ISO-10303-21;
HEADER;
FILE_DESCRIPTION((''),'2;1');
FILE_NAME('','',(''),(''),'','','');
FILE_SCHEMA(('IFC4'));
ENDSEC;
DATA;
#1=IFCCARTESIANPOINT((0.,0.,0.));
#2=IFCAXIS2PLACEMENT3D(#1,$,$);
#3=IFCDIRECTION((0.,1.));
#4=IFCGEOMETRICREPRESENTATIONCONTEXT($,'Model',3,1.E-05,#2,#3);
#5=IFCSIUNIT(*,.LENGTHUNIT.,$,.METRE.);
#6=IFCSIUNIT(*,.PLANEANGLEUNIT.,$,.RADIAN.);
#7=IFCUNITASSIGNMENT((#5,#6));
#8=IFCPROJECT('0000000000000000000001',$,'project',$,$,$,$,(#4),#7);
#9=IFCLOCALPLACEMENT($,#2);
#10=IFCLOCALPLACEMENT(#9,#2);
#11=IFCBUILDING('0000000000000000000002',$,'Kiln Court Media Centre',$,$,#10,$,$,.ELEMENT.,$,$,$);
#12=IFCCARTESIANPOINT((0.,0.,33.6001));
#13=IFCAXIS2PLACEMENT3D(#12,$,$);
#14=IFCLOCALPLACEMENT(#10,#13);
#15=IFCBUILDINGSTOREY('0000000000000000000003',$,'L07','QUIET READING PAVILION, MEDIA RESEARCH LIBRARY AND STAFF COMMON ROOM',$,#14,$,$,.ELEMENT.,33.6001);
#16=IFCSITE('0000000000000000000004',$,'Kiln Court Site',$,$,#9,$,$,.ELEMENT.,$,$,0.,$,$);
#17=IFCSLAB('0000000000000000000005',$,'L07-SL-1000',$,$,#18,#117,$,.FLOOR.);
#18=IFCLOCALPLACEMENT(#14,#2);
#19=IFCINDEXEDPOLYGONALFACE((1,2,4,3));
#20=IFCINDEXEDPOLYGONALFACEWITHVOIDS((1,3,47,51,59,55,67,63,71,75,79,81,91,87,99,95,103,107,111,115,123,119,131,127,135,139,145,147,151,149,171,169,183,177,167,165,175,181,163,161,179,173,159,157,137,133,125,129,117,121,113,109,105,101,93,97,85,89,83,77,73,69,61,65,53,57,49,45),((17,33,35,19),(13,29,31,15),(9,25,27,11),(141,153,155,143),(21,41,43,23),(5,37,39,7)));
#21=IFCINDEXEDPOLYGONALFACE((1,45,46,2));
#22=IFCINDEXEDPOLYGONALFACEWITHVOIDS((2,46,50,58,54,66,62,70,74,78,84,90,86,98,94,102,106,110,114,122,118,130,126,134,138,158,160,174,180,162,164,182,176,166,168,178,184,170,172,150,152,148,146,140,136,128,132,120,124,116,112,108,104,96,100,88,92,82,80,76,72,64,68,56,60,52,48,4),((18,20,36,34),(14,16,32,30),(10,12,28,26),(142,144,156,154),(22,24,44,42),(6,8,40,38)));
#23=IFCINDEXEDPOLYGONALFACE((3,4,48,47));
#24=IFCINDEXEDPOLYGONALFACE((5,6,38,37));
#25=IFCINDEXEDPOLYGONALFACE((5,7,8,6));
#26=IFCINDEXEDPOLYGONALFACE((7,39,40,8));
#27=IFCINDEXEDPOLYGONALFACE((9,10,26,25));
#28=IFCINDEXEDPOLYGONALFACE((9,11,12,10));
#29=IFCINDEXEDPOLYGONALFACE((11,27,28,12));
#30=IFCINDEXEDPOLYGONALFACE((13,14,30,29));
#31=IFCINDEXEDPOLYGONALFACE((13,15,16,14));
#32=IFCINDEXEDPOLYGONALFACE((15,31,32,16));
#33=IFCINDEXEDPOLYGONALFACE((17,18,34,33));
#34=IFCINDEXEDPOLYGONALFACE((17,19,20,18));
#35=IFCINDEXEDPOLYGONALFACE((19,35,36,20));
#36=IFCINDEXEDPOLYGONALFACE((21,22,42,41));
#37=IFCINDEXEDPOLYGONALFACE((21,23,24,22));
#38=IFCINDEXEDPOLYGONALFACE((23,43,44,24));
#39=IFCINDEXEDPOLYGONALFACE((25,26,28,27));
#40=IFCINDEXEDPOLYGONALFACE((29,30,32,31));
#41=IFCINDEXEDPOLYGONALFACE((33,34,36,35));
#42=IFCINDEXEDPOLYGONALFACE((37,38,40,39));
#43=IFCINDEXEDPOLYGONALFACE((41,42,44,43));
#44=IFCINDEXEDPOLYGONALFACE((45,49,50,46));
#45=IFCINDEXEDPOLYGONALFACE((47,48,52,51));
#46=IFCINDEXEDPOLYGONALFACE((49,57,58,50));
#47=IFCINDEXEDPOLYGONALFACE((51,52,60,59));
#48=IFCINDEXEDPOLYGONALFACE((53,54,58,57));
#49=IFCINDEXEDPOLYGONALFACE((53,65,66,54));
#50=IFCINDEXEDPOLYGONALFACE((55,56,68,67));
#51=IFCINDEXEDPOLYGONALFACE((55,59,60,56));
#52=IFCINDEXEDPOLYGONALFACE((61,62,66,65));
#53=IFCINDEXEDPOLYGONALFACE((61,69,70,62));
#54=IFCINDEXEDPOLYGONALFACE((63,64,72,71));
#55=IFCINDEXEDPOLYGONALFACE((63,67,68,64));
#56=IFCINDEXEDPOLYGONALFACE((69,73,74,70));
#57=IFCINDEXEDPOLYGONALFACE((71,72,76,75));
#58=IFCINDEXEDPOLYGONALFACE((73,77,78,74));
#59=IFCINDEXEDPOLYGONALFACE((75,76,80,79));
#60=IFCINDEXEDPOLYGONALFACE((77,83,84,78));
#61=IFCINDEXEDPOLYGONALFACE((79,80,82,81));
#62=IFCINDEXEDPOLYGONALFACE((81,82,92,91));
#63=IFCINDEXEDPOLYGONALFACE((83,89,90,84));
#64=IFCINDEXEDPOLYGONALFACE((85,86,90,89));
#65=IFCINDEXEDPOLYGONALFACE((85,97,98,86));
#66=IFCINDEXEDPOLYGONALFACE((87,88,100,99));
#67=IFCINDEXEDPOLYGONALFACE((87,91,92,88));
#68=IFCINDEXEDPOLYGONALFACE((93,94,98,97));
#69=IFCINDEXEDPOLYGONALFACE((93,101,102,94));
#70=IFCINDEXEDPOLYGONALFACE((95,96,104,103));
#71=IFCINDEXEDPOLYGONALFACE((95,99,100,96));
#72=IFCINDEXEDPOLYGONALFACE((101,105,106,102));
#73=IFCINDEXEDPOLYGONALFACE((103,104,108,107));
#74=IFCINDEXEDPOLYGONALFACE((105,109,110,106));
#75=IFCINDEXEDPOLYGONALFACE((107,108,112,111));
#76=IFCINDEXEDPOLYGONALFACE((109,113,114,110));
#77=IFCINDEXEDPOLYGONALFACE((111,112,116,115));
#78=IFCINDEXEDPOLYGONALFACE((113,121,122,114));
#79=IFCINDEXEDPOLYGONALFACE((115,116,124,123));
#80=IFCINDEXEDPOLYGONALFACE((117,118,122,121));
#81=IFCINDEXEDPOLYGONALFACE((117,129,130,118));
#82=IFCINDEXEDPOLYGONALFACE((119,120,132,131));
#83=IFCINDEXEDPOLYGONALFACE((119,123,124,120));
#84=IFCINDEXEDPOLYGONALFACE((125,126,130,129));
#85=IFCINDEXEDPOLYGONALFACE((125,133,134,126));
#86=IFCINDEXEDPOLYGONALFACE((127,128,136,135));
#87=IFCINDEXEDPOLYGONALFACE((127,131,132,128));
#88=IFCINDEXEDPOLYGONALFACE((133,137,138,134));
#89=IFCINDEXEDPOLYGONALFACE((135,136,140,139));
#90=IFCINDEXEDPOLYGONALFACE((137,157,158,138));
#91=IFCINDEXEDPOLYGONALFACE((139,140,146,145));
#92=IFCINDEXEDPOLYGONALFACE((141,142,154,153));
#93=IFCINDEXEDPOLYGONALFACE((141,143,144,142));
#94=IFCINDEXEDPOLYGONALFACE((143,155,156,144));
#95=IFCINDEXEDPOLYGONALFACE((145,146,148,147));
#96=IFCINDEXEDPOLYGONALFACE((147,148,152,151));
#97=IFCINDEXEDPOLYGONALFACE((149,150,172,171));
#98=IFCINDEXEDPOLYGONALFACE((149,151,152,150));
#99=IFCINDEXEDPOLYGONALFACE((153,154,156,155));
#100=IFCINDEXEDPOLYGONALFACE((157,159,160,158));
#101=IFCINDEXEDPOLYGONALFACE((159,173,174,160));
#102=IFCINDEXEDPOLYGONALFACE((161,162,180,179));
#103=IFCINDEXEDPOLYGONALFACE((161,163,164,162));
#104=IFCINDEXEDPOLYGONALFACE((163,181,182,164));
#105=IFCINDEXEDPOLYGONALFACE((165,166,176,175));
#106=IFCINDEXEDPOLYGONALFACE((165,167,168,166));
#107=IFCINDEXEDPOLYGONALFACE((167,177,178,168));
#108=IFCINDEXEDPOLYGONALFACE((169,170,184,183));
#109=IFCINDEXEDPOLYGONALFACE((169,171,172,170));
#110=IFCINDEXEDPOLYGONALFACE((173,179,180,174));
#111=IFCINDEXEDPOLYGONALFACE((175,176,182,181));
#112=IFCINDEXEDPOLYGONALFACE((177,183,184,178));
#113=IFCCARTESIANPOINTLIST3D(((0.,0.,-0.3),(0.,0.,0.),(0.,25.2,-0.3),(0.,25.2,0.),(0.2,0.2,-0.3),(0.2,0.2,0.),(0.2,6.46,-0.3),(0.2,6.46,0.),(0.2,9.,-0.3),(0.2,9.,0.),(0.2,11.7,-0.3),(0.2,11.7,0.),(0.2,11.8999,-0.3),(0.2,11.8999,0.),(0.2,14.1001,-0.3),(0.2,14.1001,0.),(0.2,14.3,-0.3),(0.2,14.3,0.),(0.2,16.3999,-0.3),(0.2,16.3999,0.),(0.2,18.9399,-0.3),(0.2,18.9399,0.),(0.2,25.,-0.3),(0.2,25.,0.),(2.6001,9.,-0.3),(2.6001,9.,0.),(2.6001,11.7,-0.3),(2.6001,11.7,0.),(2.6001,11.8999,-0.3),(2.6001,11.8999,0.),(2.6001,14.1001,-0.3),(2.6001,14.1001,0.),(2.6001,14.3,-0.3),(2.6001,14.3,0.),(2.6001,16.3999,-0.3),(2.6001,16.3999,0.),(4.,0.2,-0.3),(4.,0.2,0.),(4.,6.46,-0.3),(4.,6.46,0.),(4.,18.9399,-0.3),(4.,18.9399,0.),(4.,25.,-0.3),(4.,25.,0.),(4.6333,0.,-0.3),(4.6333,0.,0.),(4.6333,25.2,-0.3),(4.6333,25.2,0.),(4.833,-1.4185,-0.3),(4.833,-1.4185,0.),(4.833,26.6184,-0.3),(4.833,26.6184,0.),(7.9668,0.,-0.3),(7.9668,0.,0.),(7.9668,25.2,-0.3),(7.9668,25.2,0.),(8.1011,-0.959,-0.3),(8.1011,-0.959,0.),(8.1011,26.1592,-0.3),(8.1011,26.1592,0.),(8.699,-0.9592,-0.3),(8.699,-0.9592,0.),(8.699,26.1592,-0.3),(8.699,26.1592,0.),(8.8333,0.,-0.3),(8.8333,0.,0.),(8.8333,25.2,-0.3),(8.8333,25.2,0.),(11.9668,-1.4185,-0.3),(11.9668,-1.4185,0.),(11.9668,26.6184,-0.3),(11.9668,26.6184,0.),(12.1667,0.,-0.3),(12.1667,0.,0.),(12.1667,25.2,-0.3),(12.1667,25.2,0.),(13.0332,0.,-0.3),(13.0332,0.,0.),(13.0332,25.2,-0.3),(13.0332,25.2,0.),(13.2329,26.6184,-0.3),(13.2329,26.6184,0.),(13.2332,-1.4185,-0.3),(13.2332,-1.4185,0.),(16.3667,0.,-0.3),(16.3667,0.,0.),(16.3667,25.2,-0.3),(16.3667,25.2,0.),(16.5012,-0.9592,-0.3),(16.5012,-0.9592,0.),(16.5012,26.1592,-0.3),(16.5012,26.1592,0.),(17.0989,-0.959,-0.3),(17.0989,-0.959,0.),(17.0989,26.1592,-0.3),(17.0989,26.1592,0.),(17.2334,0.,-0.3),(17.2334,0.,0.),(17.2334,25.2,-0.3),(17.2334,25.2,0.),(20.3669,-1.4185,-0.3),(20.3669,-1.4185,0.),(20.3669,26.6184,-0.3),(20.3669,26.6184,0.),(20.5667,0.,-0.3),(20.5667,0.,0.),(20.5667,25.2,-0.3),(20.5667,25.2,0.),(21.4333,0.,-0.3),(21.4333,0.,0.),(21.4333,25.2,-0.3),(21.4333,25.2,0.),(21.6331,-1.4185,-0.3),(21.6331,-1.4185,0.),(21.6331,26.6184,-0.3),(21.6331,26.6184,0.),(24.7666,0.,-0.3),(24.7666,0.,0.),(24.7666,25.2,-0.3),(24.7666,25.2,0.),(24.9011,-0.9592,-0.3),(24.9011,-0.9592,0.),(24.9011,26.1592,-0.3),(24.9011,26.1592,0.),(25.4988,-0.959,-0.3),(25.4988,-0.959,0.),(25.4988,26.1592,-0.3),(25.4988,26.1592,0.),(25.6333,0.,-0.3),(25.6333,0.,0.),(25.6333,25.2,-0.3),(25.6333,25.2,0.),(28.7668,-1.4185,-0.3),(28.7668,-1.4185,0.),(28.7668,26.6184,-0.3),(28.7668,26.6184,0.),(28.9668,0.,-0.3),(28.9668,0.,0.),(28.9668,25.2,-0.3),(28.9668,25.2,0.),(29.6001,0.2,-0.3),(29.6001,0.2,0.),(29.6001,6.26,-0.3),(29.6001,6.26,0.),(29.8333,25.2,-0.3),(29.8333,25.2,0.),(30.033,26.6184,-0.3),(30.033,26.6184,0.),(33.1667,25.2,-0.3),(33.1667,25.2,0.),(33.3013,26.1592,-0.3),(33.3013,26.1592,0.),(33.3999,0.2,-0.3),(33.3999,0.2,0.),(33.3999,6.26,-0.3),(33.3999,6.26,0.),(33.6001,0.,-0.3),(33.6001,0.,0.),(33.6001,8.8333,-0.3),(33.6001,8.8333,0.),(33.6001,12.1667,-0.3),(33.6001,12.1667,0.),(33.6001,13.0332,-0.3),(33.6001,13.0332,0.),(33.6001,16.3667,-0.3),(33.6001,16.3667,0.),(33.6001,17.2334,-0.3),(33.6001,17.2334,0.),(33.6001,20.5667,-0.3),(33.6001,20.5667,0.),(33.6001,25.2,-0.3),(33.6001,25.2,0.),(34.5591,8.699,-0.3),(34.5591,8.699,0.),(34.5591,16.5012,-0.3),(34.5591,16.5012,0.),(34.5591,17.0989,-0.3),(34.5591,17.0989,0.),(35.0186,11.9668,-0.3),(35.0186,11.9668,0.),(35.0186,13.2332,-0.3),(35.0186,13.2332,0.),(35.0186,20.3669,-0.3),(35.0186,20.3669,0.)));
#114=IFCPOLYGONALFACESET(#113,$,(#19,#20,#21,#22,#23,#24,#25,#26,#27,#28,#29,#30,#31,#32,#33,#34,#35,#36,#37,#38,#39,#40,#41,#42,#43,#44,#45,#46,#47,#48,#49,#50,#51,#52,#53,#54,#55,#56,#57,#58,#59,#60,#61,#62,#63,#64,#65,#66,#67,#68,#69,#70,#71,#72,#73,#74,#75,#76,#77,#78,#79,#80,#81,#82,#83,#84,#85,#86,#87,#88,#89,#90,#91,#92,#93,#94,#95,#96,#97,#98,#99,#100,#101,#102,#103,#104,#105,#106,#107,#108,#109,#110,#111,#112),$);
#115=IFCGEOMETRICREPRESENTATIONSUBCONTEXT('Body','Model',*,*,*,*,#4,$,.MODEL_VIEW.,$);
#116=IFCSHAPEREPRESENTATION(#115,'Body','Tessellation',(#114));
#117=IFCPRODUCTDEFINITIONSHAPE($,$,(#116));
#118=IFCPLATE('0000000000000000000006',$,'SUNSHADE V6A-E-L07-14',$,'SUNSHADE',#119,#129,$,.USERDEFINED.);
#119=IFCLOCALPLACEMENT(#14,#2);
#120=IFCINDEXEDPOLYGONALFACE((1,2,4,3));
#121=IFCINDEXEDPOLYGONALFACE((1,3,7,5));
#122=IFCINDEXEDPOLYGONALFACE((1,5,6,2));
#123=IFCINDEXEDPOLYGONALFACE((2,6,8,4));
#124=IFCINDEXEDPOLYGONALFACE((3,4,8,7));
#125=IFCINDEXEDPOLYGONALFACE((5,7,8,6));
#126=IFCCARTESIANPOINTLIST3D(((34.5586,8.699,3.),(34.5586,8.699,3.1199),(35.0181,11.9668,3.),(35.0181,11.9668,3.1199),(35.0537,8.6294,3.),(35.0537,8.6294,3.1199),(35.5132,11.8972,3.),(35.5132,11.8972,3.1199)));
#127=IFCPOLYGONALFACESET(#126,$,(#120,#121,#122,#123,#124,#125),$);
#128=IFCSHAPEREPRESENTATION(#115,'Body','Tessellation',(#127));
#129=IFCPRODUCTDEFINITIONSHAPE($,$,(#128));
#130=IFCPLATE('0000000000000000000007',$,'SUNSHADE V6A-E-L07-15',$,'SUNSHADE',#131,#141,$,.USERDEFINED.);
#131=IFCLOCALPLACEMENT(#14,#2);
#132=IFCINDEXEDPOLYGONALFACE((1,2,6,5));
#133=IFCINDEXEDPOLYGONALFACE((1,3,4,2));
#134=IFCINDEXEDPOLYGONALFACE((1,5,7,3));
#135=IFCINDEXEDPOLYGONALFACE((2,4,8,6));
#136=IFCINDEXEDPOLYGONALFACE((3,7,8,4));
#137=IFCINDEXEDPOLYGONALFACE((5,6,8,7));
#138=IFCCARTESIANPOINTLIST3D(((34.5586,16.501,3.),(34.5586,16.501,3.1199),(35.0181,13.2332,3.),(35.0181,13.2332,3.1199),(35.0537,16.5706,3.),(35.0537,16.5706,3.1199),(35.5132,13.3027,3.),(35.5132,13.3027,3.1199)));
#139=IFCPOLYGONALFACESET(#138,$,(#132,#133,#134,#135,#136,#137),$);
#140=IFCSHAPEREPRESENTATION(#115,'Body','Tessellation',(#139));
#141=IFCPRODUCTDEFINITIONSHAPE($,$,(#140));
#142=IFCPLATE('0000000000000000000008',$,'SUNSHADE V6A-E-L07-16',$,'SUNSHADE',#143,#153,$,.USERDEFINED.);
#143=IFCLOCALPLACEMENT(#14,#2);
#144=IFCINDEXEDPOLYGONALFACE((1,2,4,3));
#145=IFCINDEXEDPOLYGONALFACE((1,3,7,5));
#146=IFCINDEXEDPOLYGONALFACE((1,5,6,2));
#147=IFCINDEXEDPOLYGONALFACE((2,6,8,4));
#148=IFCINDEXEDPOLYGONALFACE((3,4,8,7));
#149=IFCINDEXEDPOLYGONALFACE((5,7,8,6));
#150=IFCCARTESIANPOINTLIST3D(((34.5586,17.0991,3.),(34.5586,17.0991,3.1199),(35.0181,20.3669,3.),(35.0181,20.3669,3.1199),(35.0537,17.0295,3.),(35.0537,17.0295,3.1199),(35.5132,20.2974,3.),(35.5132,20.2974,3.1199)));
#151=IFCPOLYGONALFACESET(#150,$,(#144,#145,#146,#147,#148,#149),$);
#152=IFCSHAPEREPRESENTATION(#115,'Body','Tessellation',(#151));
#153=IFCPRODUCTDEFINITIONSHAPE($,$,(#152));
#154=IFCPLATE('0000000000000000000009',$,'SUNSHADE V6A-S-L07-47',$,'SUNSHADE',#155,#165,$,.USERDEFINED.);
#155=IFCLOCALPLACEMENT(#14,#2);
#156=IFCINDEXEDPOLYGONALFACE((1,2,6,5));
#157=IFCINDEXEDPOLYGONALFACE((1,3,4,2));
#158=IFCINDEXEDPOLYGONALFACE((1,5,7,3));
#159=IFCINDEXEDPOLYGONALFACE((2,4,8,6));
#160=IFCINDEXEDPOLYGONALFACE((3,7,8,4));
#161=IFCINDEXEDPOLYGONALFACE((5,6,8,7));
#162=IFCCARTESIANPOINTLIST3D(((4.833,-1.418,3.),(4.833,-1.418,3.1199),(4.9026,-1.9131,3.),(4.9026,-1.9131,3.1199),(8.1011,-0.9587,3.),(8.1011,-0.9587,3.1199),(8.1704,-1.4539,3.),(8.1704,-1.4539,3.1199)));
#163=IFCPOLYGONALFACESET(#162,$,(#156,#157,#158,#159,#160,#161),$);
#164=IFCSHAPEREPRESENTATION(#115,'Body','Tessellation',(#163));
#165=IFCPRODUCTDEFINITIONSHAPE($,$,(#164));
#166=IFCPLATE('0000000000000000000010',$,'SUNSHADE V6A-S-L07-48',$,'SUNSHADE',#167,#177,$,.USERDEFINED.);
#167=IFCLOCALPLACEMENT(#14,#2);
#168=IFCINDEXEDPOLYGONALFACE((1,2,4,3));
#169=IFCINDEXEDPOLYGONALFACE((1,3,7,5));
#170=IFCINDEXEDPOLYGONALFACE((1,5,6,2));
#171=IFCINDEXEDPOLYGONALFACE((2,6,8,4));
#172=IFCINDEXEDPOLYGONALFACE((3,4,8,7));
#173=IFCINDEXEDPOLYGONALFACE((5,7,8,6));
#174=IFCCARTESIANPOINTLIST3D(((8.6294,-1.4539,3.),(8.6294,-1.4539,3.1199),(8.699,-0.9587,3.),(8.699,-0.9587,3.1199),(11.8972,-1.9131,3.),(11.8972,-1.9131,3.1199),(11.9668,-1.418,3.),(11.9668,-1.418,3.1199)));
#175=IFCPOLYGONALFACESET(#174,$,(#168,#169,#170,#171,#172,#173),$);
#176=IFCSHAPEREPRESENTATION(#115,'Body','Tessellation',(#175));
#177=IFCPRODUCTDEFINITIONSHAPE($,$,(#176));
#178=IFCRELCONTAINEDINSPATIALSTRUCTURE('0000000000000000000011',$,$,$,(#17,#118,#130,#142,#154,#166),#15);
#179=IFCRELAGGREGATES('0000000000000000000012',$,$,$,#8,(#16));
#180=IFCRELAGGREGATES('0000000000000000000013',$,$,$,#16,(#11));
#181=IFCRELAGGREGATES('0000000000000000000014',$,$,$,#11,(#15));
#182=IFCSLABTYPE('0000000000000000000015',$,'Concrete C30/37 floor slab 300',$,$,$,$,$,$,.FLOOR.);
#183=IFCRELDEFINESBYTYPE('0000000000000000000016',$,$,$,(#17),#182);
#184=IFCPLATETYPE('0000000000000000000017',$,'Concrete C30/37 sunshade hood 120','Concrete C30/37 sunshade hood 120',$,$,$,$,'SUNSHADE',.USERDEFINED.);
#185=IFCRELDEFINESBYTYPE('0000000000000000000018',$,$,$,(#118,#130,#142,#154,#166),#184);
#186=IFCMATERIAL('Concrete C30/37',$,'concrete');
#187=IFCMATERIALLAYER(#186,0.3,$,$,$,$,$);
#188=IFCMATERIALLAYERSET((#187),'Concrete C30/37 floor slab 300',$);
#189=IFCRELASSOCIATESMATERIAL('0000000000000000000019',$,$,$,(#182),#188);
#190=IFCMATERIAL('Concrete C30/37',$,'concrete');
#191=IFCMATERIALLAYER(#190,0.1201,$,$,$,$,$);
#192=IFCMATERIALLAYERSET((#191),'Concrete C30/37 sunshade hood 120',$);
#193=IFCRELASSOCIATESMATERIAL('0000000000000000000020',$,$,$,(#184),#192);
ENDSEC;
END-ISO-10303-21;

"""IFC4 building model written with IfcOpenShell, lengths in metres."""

from ifc_helpers import new_model, si_unit, direction, frame, origin, place, context, subcontext, project, spatial, polyline, outline, extrude, material, layer, layer_set, type_object, element, save


model = new_model("IFC4")

# Units and contexts
model_context = context("Model", 3, precision=1e-05, world=origin(), true_north=direction((0.0, 1.0)))
body_context = subcontext(model_context, "Body", "Model", "MODEL_VIEW")
ifc_project = project(units=[si_unit("LENGTHUNIT", "METRE"), si_unit("PLANEANGLEUNIT", "RADIAN")], contexts=[model_context])

# Site, building, storey
site_placement = place(None, origin())
site = spatial("IfcSite", under=ifc_project, at=site_placement, Name="Kiln Court Site", CompositionType="ELEMENT", RefElevation=0.0)
building_placement = place(site_placement, origin())
building = spatial("IfcBuilding", under=site, at=building_placement, Name="Kiln Court Media Centre", CompositionType="ELEMENT")
storey_placement = place(building_placement, frame((0.0, 0.0, 33.6001)))
storey = spatial("IfcBuildingStorey", under=building, at=storey_placement, Name="L07", Description="QUIET READING PAVILION, MEDIA RESEARCH LIBRARY AND STAFF COMMON ROOM", CompositionType="ELEMENT", Elevation=33.6001)

# Slab
ifc_material_1 = material(Name="Concrete C30/37", Category="concrete")
ifc_layer_1 = layer(ifc_material_1, 0.3)
ifc_layer_set_1 = layer_set([ifc_layer_1], Name="Concrete C30/37 floor slab 300")
slab_type_1 = type_object("IfcSlabType", Name="Concrete C30/37 floor slab 300", PredefinedType="FLOOR", material=ifc_layer_set_1)
slab_1_placement = place(storey_placement, frame((0.0, 0.0, -0.3)))
element("IfcSlab", 1, at=slab_1_placement, inside=storey, type_object=slab_type_1, Name="L07-SL-1000", PredefinedType="FLOOR", context=body_context, shape_type="SweptSolid", body=[
    extrude(outline(polyline([(4.833, -1.4185), (4.6333, 0.0), (0.0, 0.0), (0.0, 25.2), (4.6333, 25.2), (4.833, 26.6184), (8.1011, 26.1592), (7.9668, 25.2), (8.8333, 25.2), (8.699, 26.1592), (11.9668, 26.6184), (12.1667, 25.2), (13.0332, 25.2), (13.2329, 26.6184), (16.5012, 26.1592), (16.3667, 25.2), (17.2334, 25.2), (17.0989, 26.1592), (20.3669, 26.6184), (20.5667, 25.2), (21.4333, 25.2), (21.6331, 26.6184), (24.9011, 26.1592), (24.7666, 25.2), (25.6333, 25.2), (25.4988, 26.1592), (28.7668, 26.6184), (28.9668, 25.2), (29.8333, 25.2), (30.033, 26.6184), (33.3013, 26.1592), (33.1667, 25.2), (33.6001, 25.2), (33.6001, 20.5667), (35.0186, 20.3669), (34.5591, 17.0989), (33.6001, 17.2334), (33.6001, 16.3667), (34.5591, 16.5012), (35.0186, 13.2332), (33.6001, 13.0332), (33.6001, 12.1667), (35.0186, 11.9668), (34.5591, 8.699), (33.6001, 8.8333), (33.6001, 0.0), (28.9668, 0.0), (28.7668, -1.4185), (25.4988, -0.959), (25.6333, 0.0), (24.7666, 0.0), (24.9011, -0.9592), (21.6331, -1.4185), (21.4333, 0.0), (20.5667, 0.0), (20.3669, -1.4185), (17.0989, -0.959), (17.2334, 0.0), (16.3667, 0.0), (16.5012, -0.9592), (13.2332, -1.4185), (13.0332, 0.0), (12.1667, 0.0), (11.9668, -1.4185), (8.699, -0.9592), (8.8333, 0.0), (7.9668, 0.0), (8.1011, -0.959), (4.833, -1.4185)]), holes=[polyline([(0.2, 0.2), (4.0, 0.2), (4.0, 6.46), (0.2, 6.46), (0.2, 0.2)]), polyline([(29.6001, 0.2), (33.3999, 0.2), (33.3999, 6.26), (29.6001, 6.26), (29.6001, 0.2)]), polyline([(0.2, 9.0), (2.6001, 9.0), (2.6001, 11.7), (0.2, 11.7), (0.2, 9.0)]), polyline([(0.2, 11.8999), (2.6001, 11.8999), (2.6001, 14.1001), (0.2, 14.1001), (0.2, 11.8999)]), polyline([(0.2, 14.3), (2.6001, 14.3), (2.6001, 16.3999), (0.2, 16.3999), (0.2, 14.3)]), polyline([(0.2, 18.9399), (4.0, 18.9399), (4.0, 25.0), (0.2, 25.0), (0.2, 18.9399)])]), origin(), (0.0, 0.0, 1.0), 0.3),
])

# Plates
ifc_material_2 = material(Name="Concrete C30/37", Category="concrete")
ifc_layer_2 = layer(ifc_material_2, 0.1201)
ifc_layer_set_2 = layer_set([ifc_layer_2], Name="Concrete C30/37 sunshade hood 120")
plate_type_1 = type_object("IfcPlateType", Name="Concrete C30/37 sunshade hood 120", Description="Concrete C30/37 sunshade hood 120", ElementType="SUNSHADE", PredefinedType="USERDEFINED", material=ifc_layer_set_2)
plate_1_placement = place(storey_placement, frame((0.0, 0.0, 3.0)))
element("IfcPlate", 2, at=plate_1_placement, inside=storey, type_object=plate_type_1, Name="SUNSHADE V6A-E-L07-14", ObjectType="SUNSHADE", PredefinedType="USERDEFINED", context=body_context, shape_type="SweptSolid", body=[
    extrude(outline(polyline([(34.5586, 8.699), (35.0181, 11.9668), (35.5132, 11.8972), (35.0537, 8.6294), (34.5586, 8.699)])), origin(), (0.0, 0.0, 1.0), 0.1199),
])
plate_2_placement = place(storey_placement, frame((0.0, 0.0, 3.0)))
element("IfcPlate", 3, at=plate_2_placement, inside=storey, type_object=plate_type_1, Name="SUNSHADE V6A-E-L07-15", ObjectType="SUNSHADE", PredefinedType="USERDEFINED", context=body_context, shape_type="SweptSolid", body=[
    extrude(outline(polyline([(35.0181, 13.2332), (34.5586, 16.501), (35.0537, 16.5706), (35.5132, 13.3027), (35.0181, 13.2332)])), origin(), (0.0, 0.0, 1.0), 0.1199),
])
plate_3_placement = place(storey_placement, frame((0.0, 0.0, 3.0)))
element("IfcPlate", 4, at=plate_3_placement, inside=storey, type_object=plate_type_1, Name="SUNSHADE V6A-E-L07-16", ObjectType="SUNSHADE", PredefinedType="USERDEFINED", context=body_context, shape_type="SweptSolid", body=[
    extrude(outline(polyline([(34.5586, 17.0991), (35.0181, 20.3669), (35.5132, 20.2974), (35.0537, 17.0295), (34.5586, 17.0991)])), origin(), (0.0, 0.0, 1.0), 0.1199),
])
plate_4_placement = place(storey_placement, frame((0.0, 0.0, 3.0)))
element("IfcPlate", 5, at=plate_4_placement, inside=storey, type_object=plate_type_1, Name="SUNSHADE V6A-S-L07-47", ObjectType="SUNSHADE", PredefinedType="USERDEFINED", context=body_context, shape_type="SweptSolid", body=[
    extrude(outline(polyline([(4.833, -1.418), (8.1011, -0.9587), (8.1704, -1.4539), (4.9026, -1.9131), (4.833, -1.418)])), origin(), (0.0, 0.0, 1.0), 0.1199),
])
plate_5_placement = place(storey_placement, frame((0.0, 0.0, 3.0)))
element("IfcPlate", 6, at=plate_5_placement, inside=storey, type_object=plate_type_1, Name="SUNSHADE V6A-S-L07-48", ObjectType="SUNSHADE", PredefinedType="USERDEFINED", context=body_context, shape_type="SweptSolid", body=[
    extrude(outline(polyline([(8.699, -0.9587), (11.9668, -1.418), (11.8972, -1.9131), (8.6294, -1.4539), (8.699, -0.9587)])), origin(), (0.0, 0.0, 1.0), 0.1199),
])

save(model, "model.ifc")
